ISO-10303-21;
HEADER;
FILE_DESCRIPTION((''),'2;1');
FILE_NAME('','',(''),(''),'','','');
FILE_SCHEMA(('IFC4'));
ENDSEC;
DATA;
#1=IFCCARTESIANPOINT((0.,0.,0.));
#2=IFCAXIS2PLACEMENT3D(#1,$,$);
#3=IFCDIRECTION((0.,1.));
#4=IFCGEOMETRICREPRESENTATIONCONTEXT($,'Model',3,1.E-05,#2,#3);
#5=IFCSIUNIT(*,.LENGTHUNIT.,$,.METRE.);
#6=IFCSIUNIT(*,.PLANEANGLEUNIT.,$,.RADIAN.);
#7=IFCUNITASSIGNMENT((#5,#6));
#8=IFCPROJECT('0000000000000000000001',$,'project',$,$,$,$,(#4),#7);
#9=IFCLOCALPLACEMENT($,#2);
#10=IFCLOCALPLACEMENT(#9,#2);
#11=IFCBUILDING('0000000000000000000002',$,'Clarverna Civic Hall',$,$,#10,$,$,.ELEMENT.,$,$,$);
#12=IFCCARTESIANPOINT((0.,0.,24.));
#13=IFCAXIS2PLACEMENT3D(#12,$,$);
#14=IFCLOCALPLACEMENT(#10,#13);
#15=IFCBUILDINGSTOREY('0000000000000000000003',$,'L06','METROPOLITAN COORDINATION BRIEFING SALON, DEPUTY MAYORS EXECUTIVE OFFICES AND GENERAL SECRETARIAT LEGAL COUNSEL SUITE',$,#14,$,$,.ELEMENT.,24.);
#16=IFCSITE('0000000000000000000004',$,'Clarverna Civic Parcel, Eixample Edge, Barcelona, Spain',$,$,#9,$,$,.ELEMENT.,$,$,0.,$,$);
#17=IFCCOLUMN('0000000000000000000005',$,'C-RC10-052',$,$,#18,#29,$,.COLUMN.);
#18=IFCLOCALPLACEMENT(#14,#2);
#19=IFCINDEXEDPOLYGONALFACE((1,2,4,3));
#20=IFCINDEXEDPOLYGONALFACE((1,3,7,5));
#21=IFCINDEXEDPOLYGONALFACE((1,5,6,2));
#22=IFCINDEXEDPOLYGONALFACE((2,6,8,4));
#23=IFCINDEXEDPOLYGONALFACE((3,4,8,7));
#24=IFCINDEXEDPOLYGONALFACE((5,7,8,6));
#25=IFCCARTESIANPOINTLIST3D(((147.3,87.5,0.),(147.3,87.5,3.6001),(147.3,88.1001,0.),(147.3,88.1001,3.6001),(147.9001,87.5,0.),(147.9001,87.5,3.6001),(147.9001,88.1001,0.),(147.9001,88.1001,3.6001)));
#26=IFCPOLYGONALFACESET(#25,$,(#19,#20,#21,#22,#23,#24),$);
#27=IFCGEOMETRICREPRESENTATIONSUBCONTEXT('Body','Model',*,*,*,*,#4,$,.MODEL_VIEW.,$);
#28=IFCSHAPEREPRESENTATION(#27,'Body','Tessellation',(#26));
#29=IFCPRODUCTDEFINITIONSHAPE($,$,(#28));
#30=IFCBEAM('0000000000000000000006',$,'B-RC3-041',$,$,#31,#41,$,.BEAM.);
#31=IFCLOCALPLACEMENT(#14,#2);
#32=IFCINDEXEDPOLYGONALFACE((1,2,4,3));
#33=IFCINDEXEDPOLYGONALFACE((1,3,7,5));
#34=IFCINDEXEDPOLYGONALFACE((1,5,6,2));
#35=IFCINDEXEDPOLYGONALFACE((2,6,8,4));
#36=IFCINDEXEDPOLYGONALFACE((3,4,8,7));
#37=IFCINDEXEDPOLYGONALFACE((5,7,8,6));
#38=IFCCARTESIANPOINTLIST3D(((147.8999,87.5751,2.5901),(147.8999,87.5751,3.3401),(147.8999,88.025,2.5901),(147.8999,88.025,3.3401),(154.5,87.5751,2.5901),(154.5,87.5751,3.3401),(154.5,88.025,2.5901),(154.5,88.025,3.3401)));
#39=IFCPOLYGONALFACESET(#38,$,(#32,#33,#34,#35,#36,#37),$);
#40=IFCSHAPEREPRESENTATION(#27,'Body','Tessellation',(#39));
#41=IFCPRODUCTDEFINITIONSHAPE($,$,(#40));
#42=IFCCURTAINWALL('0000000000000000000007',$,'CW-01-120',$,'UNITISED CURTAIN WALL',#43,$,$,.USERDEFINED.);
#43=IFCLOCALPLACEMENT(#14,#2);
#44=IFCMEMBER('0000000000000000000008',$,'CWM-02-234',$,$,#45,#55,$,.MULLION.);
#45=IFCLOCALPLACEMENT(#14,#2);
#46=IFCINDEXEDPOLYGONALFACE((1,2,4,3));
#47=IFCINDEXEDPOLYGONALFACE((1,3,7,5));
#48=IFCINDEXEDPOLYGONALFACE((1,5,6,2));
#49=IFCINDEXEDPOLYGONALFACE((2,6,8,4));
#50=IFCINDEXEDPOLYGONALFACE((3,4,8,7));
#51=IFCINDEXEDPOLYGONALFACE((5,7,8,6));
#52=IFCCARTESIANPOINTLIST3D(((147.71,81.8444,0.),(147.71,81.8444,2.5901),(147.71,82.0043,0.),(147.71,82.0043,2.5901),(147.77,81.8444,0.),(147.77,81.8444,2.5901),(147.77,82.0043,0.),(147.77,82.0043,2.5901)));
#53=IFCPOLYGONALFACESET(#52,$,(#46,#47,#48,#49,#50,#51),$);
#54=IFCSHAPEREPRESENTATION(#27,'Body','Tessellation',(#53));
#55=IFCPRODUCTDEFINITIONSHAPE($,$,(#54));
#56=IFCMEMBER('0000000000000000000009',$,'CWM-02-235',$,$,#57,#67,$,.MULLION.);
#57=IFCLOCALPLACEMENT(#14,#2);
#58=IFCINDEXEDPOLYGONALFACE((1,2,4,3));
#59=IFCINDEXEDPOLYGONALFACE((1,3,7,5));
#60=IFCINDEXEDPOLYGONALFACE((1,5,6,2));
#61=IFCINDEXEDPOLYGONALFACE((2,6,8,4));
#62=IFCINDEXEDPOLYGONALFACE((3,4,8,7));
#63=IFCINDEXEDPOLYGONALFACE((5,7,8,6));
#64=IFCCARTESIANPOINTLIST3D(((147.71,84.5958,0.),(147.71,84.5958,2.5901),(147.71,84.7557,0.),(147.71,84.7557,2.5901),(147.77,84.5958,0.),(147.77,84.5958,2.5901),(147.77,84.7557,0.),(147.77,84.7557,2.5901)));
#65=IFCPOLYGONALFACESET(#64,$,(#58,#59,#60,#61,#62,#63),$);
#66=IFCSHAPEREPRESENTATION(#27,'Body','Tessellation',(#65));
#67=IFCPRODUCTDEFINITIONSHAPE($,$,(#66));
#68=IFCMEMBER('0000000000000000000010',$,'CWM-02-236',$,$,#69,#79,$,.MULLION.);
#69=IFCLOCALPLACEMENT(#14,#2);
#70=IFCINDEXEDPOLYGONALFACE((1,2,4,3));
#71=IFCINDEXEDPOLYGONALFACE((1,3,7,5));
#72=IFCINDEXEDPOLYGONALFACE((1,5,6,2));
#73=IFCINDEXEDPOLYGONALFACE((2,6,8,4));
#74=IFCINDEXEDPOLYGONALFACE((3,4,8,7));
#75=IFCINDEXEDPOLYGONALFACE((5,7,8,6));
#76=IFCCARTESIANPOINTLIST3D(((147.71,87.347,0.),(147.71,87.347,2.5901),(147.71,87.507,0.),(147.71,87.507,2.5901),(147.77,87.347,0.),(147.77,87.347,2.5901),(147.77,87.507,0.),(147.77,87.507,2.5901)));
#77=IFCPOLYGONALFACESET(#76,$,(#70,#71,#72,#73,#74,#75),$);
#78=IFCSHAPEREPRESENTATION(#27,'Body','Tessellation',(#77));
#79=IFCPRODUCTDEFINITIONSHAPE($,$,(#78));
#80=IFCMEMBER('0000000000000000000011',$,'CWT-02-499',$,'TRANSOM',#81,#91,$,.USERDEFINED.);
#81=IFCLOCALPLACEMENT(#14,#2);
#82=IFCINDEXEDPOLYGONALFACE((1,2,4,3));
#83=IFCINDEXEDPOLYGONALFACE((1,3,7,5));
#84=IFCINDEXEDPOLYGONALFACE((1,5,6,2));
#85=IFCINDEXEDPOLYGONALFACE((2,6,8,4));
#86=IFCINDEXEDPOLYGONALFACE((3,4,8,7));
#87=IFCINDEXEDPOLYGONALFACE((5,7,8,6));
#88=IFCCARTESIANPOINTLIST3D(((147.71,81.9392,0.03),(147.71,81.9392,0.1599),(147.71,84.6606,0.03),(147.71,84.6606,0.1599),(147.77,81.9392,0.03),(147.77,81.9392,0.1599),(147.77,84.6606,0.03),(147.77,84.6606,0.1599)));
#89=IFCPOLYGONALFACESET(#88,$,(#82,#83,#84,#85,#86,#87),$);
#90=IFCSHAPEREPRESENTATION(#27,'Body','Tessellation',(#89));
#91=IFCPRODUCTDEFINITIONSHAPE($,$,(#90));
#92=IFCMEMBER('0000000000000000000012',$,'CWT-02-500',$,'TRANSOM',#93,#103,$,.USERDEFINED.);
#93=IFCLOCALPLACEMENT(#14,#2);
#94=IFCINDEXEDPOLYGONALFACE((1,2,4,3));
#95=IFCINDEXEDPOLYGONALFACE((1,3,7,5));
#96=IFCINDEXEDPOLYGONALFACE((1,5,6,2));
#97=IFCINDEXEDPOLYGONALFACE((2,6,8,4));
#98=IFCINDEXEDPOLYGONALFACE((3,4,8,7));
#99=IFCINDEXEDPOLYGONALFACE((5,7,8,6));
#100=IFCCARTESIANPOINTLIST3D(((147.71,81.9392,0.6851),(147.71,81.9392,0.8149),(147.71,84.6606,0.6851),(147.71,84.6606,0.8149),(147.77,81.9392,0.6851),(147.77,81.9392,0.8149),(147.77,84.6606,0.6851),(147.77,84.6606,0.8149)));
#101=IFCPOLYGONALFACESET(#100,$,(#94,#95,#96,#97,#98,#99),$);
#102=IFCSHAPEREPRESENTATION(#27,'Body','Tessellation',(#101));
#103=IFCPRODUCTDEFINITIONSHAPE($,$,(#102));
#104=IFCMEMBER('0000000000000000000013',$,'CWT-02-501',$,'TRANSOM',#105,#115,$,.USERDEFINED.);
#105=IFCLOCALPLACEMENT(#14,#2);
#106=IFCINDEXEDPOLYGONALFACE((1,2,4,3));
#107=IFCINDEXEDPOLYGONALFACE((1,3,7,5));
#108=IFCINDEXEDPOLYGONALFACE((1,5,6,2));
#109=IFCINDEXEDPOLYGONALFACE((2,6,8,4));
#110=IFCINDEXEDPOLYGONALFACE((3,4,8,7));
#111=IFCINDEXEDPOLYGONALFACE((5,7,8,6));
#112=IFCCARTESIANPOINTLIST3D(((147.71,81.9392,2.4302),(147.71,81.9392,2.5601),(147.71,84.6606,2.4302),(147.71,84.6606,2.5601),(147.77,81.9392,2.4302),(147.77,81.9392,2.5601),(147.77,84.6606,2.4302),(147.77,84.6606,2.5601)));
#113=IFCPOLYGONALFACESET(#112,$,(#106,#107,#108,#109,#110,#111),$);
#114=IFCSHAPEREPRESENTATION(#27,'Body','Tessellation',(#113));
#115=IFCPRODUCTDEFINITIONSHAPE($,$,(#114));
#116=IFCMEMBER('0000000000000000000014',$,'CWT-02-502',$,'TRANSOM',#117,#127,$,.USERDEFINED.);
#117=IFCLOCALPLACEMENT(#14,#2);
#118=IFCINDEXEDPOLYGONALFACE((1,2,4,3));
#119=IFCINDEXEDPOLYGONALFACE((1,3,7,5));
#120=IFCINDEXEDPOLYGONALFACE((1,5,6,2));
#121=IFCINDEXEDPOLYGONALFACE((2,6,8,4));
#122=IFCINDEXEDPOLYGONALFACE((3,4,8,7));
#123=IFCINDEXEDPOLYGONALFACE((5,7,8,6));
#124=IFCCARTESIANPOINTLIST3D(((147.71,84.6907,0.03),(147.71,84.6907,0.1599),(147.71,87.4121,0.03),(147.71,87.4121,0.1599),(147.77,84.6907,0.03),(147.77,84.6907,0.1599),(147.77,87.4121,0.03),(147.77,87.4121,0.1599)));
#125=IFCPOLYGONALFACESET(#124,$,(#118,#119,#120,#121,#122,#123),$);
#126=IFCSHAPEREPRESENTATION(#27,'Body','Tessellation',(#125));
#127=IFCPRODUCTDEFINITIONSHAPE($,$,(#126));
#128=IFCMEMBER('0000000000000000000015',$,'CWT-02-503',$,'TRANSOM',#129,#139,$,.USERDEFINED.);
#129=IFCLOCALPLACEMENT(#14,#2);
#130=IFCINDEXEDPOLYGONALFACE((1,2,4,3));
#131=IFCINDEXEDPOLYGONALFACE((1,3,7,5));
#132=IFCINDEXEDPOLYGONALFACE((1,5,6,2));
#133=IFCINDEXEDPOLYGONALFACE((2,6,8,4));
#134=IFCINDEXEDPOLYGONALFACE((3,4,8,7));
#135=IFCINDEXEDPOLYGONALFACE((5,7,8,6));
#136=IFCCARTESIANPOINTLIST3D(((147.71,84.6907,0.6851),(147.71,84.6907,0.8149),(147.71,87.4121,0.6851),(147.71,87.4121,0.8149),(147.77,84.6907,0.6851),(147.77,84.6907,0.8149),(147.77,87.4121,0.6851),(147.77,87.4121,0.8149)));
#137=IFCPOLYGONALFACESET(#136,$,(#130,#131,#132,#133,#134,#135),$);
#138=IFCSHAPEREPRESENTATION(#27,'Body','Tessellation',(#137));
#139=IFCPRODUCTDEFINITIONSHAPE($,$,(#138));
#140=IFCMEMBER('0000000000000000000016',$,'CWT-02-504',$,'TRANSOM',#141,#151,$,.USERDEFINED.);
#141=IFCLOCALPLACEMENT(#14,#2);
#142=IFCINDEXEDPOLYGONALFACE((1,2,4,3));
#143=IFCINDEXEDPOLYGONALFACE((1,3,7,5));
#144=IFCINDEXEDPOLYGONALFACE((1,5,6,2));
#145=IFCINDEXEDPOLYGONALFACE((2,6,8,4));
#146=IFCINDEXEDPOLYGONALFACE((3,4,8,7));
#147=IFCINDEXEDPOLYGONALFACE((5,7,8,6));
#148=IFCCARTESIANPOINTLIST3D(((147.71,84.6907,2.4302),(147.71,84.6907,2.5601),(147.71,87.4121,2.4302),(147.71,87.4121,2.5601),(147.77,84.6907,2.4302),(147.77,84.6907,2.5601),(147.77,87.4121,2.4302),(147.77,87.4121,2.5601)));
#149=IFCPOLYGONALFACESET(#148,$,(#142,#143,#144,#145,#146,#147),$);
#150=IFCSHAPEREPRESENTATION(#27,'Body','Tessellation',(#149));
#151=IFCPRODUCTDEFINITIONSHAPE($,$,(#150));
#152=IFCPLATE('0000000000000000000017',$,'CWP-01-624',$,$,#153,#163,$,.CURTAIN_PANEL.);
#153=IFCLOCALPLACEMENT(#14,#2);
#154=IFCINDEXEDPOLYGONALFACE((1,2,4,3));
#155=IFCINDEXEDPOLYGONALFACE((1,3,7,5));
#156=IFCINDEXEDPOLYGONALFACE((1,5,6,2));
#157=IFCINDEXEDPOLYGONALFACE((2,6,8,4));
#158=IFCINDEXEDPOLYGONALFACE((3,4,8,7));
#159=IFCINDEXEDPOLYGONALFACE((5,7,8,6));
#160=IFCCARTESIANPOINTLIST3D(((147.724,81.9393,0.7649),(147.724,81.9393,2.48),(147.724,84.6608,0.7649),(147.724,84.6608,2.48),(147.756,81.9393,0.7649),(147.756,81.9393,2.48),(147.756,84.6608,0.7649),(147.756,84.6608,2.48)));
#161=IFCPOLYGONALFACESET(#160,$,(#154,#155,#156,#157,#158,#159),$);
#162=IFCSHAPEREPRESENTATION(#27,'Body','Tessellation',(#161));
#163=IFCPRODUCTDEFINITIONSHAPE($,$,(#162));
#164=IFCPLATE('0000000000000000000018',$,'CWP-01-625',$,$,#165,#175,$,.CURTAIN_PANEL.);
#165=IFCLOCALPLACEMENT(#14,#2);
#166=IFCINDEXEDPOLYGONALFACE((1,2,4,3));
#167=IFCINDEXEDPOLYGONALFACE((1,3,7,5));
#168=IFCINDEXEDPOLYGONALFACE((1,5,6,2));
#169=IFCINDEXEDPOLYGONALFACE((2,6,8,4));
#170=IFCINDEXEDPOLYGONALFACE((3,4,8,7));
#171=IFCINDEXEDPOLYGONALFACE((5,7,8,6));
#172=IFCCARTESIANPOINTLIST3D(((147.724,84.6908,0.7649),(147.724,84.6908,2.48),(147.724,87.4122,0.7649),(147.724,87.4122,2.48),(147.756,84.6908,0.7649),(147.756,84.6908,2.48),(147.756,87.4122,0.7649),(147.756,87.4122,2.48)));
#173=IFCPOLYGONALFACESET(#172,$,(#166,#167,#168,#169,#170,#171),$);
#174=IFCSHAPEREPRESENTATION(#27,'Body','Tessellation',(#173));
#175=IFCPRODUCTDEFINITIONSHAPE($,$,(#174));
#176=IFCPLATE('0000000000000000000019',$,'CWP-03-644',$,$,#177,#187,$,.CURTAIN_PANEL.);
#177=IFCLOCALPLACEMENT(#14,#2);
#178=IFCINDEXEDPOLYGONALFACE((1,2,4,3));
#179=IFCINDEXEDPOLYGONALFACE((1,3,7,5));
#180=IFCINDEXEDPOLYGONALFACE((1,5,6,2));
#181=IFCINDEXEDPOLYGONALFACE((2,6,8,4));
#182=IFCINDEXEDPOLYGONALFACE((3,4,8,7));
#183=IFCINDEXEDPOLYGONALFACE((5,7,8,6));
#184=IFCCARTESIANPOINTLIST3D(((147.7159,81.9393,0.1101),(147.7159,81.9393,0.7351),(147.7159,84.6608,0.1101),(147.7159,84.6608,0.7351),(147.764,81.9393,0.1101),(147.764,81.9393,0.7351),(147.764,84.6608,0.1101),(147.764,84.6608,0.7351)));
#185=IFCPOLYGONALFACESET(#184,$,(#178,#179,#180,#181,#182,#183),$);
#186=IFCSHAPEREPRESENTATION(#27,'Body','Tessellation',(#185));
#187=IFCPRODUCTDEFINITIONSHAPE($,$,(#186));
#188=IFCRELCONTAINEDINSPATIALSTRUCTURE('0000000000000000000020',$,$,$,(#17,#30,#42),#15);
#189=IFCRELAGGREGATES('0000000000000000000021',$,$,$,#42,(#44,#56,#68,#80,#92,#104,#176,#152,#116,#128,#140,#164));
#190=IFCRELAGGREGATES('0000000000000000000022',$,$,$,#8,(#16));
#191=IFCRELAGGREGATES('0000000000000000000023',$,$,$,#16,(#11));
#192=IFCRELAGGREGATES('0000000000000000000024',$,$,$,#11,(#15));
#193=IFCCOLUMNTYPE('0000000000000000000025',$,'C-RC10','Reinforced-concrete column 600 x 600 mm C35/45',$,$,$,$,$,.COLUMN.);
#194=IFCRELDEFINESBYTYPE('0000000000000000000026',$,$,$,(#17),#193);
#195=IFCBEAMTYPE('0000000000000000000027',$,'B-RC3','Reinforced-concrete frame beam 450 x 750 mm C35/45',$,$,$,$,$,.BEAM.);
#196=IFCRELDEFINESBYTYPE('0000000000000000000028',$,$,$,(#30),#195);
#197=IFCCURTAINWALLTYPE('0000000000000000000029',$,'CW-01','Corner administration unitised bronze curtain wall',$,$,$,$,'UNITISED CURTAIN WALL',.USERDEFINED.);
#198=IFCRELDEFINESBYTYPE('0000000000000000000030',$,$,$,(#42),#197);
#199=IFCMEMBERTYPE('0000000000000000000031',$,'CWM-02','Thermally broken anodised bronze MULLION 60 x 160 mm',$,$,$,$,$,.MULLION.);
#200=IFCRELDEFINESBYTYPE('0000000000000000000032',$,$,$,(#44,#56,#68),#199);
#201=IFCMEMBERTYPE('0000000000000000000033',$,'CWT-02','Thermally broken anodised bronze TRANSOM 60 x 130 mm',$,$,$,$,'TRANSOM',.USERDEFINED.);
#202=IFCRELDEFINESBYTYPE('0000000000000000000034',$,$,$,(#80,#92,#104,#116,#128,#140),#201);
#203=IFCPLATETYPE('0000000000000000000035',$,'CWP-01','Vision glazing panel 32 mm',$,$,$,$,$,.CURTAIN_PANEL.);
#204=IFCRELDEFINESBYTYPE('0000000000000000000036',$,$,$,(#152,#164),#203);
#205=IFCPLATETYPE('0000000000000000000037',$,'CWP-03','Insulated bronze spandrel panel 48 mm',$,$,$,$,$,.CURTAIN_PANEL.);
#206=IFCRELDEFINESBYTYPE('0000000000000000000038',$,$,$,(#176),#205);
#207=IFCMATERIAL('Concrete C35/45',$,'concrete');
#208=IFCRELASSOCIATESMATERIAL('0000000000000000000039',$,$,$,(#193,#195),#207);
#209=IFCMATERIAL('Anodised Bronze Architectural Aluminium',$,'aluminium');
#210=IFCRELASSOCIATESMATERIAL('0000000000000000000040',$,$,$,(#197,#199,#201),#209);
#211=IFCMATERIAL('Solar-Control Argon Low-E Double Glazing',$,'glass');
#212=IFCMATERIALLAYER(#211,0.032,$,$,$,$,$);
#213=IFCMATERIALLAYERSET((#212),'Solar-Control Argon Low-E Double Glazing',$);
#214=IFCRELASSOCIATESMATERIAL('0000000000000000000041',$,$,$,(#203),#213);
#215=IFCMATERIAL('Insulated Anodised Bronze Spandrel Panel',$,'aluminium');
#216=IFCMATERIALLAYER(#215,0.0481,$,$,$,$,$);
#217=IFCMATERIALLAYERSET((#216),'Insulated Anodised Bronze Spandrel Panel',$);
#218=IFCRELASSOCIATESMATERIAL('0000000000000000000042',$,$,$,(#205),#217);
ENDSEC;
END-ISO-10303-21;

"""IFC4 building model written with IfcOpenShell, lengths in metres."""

from ifc_helpers import new_model, si_unit, direction, frame, frame_2d, origin, origin_2d, place, context, subcontext, project, spatial, rectangle, extrude, material, layer, layer_set, material_profile, profile_set, type_object, element, aggregate, save


model = new_model("IFC4")

# Units and contexts
model_context = context("Model", 3, precision=1e-05, world=origin(), true_north=direction((0.0, 1.0)))
body_context = subcontext(model_context, "Body", "Model", "MODEL_VIEW")
ifc_project = project(units=[si_unit("LENGTHUNIT", "METRE"), si_unit("PLANEANGLEUNIT", "RADIAN")], contexts=[model_context])

# Site, building, storey
site_placement = place(None, origin())
site = spatial("IfcSite", under=ifc_project, at=site_placement, Name="Clarverna Civic Parcel, Eixample Edge, Barcelona, Spain", CompositionType="ELEMENT", RefElevation=0.0)
building_placement = place(site_placement, origin())
building = spatial("IfcBuilding", under=site, at=building_placement, Name="Clarverna Civic Hall", CompositionType="ELEMENT")
storey_placement = place(building_placement, frame((0.0, 0.0, 24.0)))
storey = spatial("IfcBuildingStorey", under=building, at=storey_placement, Name="L06", Description="METROPOLITAN COORDINATION BRIEFING SALON, DEPUTY MAYORS EXECUTIVE OFFICES AND GENERAL SECRETARIAT LEGAL COUNSEL SUITE", CompositionType="ELEMENT", Elevation=24.0)

# Column
ifc_material_1 = material(Name="Concrete C35/45", Category="concrete")
ifc_material_profile_1 = material_profile(ifc_material_1, rectangle(XDim=0.6001, YDim=0.6001, at=origin_2d()), Name="RC 600x600")
ifc_profile_set_1 = profile_set([ifc_material_profile_1], Name="Concrete C35/45")
column_type = type_object("IfcColumnType", Name="C-RC10", Description="Reinforced-concrete column 600 x 600 mm C35/45", PredefinedType="COLUMN", material=ifc_profile_set_1)
column_placement = place(storey_placement, frame((147.6001, 87.8, 0.0), z_axis=(0.0, 0.0, 1.0), x_axis=(1.0, 0.0, 0.0)))
element("IfcColumn", 1, at=column_placement, inside=storey, type_object=column_type, Name="C-RC10-052", PredefinedType="COLUMN", context=body_context, shape_type="SweptSolid", body=[
    extrude(rectangle(XDim=0.6001, YDim=0.6001, at=origin_2d()), origin(), (0.0, 0.0, 1.0), 3.6001),
])

# Beam
ifc_material_profile_2 = material_profile(ifc_material_1, rectangle(XDim=0.45, YDim=0.75, at=origin_2d()), Name="RC 450x750")
ifc_profile_set_2 = profile_set([ifc_material_profile_2], Name="Concrete C35/45")
beam_type = type_object("IfcBeamType", Name="B-RC3", Description="Reinforced-concrete frame beam 450 x 750 mm C35/45", PredefinedType="BEAM", material=ifc_profile_set_2)
beam_placement = place(storey_placement, frame((147.8999, 87.8, 2.9651), z_axis=(1.0, 0.0, 0.0), x_axis=(0.0, 1.0, 0.0)))
element("IfcBeam", 2, at=beam_placement, inside=storey, type_object=beam_type, Name="B-RC3-041", PredefinedType="BEAM", context=body_context, shape_type="SweptSolid", body=[
    extrude(rectangle(XDim=0.45, YDim=0.75, at=origin_2d()), origin(), (0.0, 0.0, 1.0), 6.6001),
])

# Curtain wall, members, plates
ifc_material_2 = material(Name="Anodised Bronze Architectural Aluminium", Category="aluminium")
curtain_wall_type = type_object("IfcCurtainWallType", Name="CW-01", Description="Corner administration unitised bronze curtain wall", ElementType="UNITISED CURTAIN WALL", PredefinedType="USERDEFINED", material=ifc_material_2)
curtain_wall_placement = place(storey_placement, origin())
curtain_wall = element("IfcCurtainWall", 3, at=curtain_wall_placement, inside=storey, type_object=curtain_wall_type, Name="CW-01-120", ObjectType="UNITISED CURTAIN WALL", PredefinedType="USERDEFINED")
ifc_material_profile_3 = material_profile(ifc_material_2, rectangle(XDim=0.0601, YDim=0.1599, at=origin_2d()), Name="BRONZE 60x160")
ifc_profile_set_3 = profile_set([ifc_material_profile_3], Name="Anodised Bronze Architectural Aluminium")
member_type_1 = type_object("IfcMemberType", Name="CWM-02", Description="Thermally broken anodised bronze MULLION 60 x 160 mm", PredefinedType="MULLION", material=ifc_profile_set_3)
member_1_placement = place(storey_placement, frame((147.74, 81.9243, 0.0), z_axis=(0.0, 0.0, 1.0), x_axis=(1.0, 0.0, 0.0)))
member_1 = element("IfcMember", 4, at=member_1_placement, type_object=member_type_1, Name="CWM-02-234", PredefinedType="MULLION", context=body_context, shape_type="SweptSolid", body=[
    extrude(rectangle(XDim=0.0601, YDim=0.1599, at=origin_2d()), origin(), (0.0, 0.0, 1.0), 2.5901),
])
member_2_placement = place(storey_placement, frame((147.74, 84.6758, 0.0), z_axis=(0.0, 0.0, 1.0), x_axis=(1.0, 0.0, 0.0)))
member_2 = element("IfcMember", 5, at=member_2_placement, type_object=member_type_1, Name="CWM-02-235", PredefinedType="MULLION", context=body_context, shape_type="SweptSolid", body=[
    extrude(rectangle(XDim=0.0601, YDim=0.1599, at=origin_2d()), origin(), (0.0, 0.0, 1.0), 2.5901),
])
member_3_placement = place(storey_placement, frame((147.74, 87.427, 0.0), z_axis=(0.0, 0.0, 1.0), x_axis=(1.0, 0.0, 0.0)))
member_3 = element("IfcMember", 6, at=member_3_placement, type_object=member_type_1, Name="CWM-02-236", PredefinedType="MULLION", context=body_context, shape_type="SweptSolid", body=[
    extrude(rectangle(XDim=0.0601, YDim=0.1599, at=origin_2d()), origin(), (0.0, 0.0, 1.0), 2.5901),
])
ifc_material_profile_4 = material_profile(ifc_material_2, rectangle(XDim=0.0601, YDim=0.1299, at=origin_2d()), Name="BRONZE 60x130")
ifc_profile_set_4 = profile_set([ifc_material_profile_4], Name="Anodised Bronze Architectural Aluminium")
member_type_2 = type_object("IfcMemberType", Name="CWT-02", Description="Thermally broken anodised bronze TRANSOM 60 x 130 mm", ElementType="TRANSOM", PredefinedType="USERDEFINED", material=ifc_profile_set_4)
member_4_placement = place(storey_placement, frame((147.74, 81.9392, 0.095), z_axis=(0.0, 1.0, 0.0), x_axis=(-1.0, 0.0, 0.0)))
member_4 = element("IfcMember", 7, at=member_4_placement, type_object=member_type_2, Name="CWT-02-499", ObjectType="TRANSOM", PredefinedType="USERDEFINED", context=body_context, shape_type="SweptSolid", body=[
    extrude(rectangle(XDim=0.0601, YDim=0.1299, at=origin_2d()), origin(), (0.0, 0.0, 1.0), 2.7214),
])
member_5_placement = place(storey_placement, frame((147.74, 81.9392, 0.75), z_axis=(0.0, 1.0, 0.0), x_axis=(-1.0, 0.0, 0.0)))
member_5 = element("IfcMember", 8, at=member_5_placement, type_object=member_type_2, Name="CWT-02-500", ObjectType="TRANSOM", PredefinedType="USERDEFINED", context=body_context, shape_type="SweptSolid", body=[
    extrude(rectangle(XDim=0.0601, YDim=0.1299, at=origin_2d()), origin(), (0.0, 0.0, 1.0), 2.7214),
])
member_6_placement = place(storey_placement, frame((147.74, 81.9392, 2.4951), z_axis=(0.0, 1.0, 0.0), x_axis=(-1.0, 0.0, 0.0)))
member_6 = element("IfcMember", 9, at=member_6_placement, type_object=member_type_2, Name="CWT-02-501", ObjectType="TRANSOM", PredefinedType="USERDEFINED", context=body_context, shape_type="SweptSolid", body=[
    extrude(rectangle(XDim=0.0601, YDim=0.1299, at=origin_2d()), origin(), (0.0, 0.0, 1.0), 2.7214),
])
member_7_placement = place(storey_placement, frame((147.74, 84.6907, 0.095), z_axis=(0.0, 1.0, 0.0), x_axis=(-1.0, 0.0, 0.0)))
member_7 = element("IfcMember", 10, at=member_7_placement, type_object=member_type_2, Name="CWT-02-502", ObjectType="TRANSOM", PredefinedType="USERDEFINED", context=body_context, shape_type="SweptSolid", body=[
    extrude(rectangle(XDim=0.0601, YDim=0.1299, at=origin_2d()), origin(), (0.0, 0.0, 1.0), 2.7214),
])
member_8_placement = place(storey_placement, frame((147.74, 84.6907, 0.75), z_axis=(0.0, 1.0, 0.0), x_axis=(-1.0, 0.0, 0.0)))
member_8 = element("IfcMember", 11, at=member_8_placement, type_object=member_type_2, Name="CWT-02-503", ObjectType="TRANSOM", PredefinedType="USERDEFINED", context=body_context, shape_type="SweptSolid", body=[
    extrude(rectangle(XDim=0.0601, YDim=0.1299, at=origin_2d()), origin(), (0.0, 0.0, 1.0), 2.7214),
])
member_9_placement = place(storey_placement, frame((147.74, 84.6907, 2.4951), z_axis=(0.0, 1.0, 0.0), x_axis=(-1.0, 0.0, 0.0)))
member_9 = element("IfcMember", 12, at=member_9_placement, type_object=member_type_2, Name="CWT-02-504", ObjectType="TRANSOM", PredefinedType="USERDEFINED", context=body_context, shape_type="SweptSolid", body=[
    extrude(rectangle(XDim=0.0601, YDim=0.1299, at=origin_2d()), origin(), (0.0, 0.0, 1.0), 2.7214),
])
ifc_material_3 = material(Name="Solar-Control Argon Low-E Double Glazing", Category="glass")
ifc_layer_1 = layer(ifc_material_3, 0.032)
ifc_layer_set_1 = layer_set([ifc_layer_1], Name="Solar-Control Argon Low-E Double Glazing")
plate_type_1 = type_object("IfcPlateType", Name="CWP-01", Description="Vision glazing panel 32 mm", PredefinedType="CURTAIN_PANEL", material=ifc_layer_set_1)
plate_1_placement = place(storey_placement, frame((147.74, 81.9392, 0.7649), z_axis=(0.0, 0.0, 1.0), x_axis=(0.0, 1.0, 0.0)))
plate_1 = element("IfcPlate", 13, at=plate_1_placement, type_object=plate_type_1, Name="CWP-01-624", PredefinedType="CURTAIN_PANEL", context=body_context, shape_type="SweptSolid", body=[
    extrude(rectangle(XDim=2.7214, YDim=0.032, at=frame_2d((1.3608, 0.0))), origin(), (0.0, 0.0, 1.0), 1.7151),
])
plate_2_placement = place(storey_placement, frame((147.74, 84.6907, 0.7649), z_axis=(0.0, 0.0, 1.0), x_axis=(0.0, 1.0, 0.0)))
plate_2 = element("IfcPlate", 14, at=plate_2_placement, type_object=plate_type_1, Name="CWP-01-625", PredefinedType="CURTAIN_PANEL", context=body_context, shape_type="SweptSolid", body=[
    extrude(rectangle(XDim=2.7214, YDim=0.032, at=frame_2d((1.3608, 0.0))), origin(), (0.0, 0.0, 1.0), 1.7151),
])
ifc_material_4 = material(Name="Insulated Anodised Bronze Spandrel Panel", Category="aluminium")
ifc_layer_2 = layer(ifc_material_4, 0.0481)
ifc_layer_set_2 = layer_set([ifc_layer_2], Name="Insulated Anodised Bronze Spandrel Panel")
plate_type_2 = type_object("IfcPlateType", Name="CWP-03", Description="Insulated bronze spandrel panel 48 mm", PredefinedType="CURTAIN_PANEL", material=ifc_layer_set_2)
plate_3_placement = place(storey_placement, frame((147.74, 81.9392, 0.1101), z_axis=(0.0, 0.0, 1.0), x_axis=(0.0, 1.0, 0.0)))
plate_3 = element("IfcPlate", 15, at=plate_3_placement, type_object=plate_type_2, Name="CWP-03-644", PredefinedType="CURTAIN_PANEL", context=body_context, shape_type="SweptSolid", body=[
    extrude(rectangle(XDim=2.7214, YDim=0.0481, at=frame_2d((1.3608, 0.0))), origin(), (0.0, 0.0, 1.0), 0.625),
])
aggregate(curtain_wall, [member_1, member_2, member_3, member_4, member_5, member_6, plate_3, plate_1, member_7, member_8, member_9, plate_2])

save(model, "model.ifc")
